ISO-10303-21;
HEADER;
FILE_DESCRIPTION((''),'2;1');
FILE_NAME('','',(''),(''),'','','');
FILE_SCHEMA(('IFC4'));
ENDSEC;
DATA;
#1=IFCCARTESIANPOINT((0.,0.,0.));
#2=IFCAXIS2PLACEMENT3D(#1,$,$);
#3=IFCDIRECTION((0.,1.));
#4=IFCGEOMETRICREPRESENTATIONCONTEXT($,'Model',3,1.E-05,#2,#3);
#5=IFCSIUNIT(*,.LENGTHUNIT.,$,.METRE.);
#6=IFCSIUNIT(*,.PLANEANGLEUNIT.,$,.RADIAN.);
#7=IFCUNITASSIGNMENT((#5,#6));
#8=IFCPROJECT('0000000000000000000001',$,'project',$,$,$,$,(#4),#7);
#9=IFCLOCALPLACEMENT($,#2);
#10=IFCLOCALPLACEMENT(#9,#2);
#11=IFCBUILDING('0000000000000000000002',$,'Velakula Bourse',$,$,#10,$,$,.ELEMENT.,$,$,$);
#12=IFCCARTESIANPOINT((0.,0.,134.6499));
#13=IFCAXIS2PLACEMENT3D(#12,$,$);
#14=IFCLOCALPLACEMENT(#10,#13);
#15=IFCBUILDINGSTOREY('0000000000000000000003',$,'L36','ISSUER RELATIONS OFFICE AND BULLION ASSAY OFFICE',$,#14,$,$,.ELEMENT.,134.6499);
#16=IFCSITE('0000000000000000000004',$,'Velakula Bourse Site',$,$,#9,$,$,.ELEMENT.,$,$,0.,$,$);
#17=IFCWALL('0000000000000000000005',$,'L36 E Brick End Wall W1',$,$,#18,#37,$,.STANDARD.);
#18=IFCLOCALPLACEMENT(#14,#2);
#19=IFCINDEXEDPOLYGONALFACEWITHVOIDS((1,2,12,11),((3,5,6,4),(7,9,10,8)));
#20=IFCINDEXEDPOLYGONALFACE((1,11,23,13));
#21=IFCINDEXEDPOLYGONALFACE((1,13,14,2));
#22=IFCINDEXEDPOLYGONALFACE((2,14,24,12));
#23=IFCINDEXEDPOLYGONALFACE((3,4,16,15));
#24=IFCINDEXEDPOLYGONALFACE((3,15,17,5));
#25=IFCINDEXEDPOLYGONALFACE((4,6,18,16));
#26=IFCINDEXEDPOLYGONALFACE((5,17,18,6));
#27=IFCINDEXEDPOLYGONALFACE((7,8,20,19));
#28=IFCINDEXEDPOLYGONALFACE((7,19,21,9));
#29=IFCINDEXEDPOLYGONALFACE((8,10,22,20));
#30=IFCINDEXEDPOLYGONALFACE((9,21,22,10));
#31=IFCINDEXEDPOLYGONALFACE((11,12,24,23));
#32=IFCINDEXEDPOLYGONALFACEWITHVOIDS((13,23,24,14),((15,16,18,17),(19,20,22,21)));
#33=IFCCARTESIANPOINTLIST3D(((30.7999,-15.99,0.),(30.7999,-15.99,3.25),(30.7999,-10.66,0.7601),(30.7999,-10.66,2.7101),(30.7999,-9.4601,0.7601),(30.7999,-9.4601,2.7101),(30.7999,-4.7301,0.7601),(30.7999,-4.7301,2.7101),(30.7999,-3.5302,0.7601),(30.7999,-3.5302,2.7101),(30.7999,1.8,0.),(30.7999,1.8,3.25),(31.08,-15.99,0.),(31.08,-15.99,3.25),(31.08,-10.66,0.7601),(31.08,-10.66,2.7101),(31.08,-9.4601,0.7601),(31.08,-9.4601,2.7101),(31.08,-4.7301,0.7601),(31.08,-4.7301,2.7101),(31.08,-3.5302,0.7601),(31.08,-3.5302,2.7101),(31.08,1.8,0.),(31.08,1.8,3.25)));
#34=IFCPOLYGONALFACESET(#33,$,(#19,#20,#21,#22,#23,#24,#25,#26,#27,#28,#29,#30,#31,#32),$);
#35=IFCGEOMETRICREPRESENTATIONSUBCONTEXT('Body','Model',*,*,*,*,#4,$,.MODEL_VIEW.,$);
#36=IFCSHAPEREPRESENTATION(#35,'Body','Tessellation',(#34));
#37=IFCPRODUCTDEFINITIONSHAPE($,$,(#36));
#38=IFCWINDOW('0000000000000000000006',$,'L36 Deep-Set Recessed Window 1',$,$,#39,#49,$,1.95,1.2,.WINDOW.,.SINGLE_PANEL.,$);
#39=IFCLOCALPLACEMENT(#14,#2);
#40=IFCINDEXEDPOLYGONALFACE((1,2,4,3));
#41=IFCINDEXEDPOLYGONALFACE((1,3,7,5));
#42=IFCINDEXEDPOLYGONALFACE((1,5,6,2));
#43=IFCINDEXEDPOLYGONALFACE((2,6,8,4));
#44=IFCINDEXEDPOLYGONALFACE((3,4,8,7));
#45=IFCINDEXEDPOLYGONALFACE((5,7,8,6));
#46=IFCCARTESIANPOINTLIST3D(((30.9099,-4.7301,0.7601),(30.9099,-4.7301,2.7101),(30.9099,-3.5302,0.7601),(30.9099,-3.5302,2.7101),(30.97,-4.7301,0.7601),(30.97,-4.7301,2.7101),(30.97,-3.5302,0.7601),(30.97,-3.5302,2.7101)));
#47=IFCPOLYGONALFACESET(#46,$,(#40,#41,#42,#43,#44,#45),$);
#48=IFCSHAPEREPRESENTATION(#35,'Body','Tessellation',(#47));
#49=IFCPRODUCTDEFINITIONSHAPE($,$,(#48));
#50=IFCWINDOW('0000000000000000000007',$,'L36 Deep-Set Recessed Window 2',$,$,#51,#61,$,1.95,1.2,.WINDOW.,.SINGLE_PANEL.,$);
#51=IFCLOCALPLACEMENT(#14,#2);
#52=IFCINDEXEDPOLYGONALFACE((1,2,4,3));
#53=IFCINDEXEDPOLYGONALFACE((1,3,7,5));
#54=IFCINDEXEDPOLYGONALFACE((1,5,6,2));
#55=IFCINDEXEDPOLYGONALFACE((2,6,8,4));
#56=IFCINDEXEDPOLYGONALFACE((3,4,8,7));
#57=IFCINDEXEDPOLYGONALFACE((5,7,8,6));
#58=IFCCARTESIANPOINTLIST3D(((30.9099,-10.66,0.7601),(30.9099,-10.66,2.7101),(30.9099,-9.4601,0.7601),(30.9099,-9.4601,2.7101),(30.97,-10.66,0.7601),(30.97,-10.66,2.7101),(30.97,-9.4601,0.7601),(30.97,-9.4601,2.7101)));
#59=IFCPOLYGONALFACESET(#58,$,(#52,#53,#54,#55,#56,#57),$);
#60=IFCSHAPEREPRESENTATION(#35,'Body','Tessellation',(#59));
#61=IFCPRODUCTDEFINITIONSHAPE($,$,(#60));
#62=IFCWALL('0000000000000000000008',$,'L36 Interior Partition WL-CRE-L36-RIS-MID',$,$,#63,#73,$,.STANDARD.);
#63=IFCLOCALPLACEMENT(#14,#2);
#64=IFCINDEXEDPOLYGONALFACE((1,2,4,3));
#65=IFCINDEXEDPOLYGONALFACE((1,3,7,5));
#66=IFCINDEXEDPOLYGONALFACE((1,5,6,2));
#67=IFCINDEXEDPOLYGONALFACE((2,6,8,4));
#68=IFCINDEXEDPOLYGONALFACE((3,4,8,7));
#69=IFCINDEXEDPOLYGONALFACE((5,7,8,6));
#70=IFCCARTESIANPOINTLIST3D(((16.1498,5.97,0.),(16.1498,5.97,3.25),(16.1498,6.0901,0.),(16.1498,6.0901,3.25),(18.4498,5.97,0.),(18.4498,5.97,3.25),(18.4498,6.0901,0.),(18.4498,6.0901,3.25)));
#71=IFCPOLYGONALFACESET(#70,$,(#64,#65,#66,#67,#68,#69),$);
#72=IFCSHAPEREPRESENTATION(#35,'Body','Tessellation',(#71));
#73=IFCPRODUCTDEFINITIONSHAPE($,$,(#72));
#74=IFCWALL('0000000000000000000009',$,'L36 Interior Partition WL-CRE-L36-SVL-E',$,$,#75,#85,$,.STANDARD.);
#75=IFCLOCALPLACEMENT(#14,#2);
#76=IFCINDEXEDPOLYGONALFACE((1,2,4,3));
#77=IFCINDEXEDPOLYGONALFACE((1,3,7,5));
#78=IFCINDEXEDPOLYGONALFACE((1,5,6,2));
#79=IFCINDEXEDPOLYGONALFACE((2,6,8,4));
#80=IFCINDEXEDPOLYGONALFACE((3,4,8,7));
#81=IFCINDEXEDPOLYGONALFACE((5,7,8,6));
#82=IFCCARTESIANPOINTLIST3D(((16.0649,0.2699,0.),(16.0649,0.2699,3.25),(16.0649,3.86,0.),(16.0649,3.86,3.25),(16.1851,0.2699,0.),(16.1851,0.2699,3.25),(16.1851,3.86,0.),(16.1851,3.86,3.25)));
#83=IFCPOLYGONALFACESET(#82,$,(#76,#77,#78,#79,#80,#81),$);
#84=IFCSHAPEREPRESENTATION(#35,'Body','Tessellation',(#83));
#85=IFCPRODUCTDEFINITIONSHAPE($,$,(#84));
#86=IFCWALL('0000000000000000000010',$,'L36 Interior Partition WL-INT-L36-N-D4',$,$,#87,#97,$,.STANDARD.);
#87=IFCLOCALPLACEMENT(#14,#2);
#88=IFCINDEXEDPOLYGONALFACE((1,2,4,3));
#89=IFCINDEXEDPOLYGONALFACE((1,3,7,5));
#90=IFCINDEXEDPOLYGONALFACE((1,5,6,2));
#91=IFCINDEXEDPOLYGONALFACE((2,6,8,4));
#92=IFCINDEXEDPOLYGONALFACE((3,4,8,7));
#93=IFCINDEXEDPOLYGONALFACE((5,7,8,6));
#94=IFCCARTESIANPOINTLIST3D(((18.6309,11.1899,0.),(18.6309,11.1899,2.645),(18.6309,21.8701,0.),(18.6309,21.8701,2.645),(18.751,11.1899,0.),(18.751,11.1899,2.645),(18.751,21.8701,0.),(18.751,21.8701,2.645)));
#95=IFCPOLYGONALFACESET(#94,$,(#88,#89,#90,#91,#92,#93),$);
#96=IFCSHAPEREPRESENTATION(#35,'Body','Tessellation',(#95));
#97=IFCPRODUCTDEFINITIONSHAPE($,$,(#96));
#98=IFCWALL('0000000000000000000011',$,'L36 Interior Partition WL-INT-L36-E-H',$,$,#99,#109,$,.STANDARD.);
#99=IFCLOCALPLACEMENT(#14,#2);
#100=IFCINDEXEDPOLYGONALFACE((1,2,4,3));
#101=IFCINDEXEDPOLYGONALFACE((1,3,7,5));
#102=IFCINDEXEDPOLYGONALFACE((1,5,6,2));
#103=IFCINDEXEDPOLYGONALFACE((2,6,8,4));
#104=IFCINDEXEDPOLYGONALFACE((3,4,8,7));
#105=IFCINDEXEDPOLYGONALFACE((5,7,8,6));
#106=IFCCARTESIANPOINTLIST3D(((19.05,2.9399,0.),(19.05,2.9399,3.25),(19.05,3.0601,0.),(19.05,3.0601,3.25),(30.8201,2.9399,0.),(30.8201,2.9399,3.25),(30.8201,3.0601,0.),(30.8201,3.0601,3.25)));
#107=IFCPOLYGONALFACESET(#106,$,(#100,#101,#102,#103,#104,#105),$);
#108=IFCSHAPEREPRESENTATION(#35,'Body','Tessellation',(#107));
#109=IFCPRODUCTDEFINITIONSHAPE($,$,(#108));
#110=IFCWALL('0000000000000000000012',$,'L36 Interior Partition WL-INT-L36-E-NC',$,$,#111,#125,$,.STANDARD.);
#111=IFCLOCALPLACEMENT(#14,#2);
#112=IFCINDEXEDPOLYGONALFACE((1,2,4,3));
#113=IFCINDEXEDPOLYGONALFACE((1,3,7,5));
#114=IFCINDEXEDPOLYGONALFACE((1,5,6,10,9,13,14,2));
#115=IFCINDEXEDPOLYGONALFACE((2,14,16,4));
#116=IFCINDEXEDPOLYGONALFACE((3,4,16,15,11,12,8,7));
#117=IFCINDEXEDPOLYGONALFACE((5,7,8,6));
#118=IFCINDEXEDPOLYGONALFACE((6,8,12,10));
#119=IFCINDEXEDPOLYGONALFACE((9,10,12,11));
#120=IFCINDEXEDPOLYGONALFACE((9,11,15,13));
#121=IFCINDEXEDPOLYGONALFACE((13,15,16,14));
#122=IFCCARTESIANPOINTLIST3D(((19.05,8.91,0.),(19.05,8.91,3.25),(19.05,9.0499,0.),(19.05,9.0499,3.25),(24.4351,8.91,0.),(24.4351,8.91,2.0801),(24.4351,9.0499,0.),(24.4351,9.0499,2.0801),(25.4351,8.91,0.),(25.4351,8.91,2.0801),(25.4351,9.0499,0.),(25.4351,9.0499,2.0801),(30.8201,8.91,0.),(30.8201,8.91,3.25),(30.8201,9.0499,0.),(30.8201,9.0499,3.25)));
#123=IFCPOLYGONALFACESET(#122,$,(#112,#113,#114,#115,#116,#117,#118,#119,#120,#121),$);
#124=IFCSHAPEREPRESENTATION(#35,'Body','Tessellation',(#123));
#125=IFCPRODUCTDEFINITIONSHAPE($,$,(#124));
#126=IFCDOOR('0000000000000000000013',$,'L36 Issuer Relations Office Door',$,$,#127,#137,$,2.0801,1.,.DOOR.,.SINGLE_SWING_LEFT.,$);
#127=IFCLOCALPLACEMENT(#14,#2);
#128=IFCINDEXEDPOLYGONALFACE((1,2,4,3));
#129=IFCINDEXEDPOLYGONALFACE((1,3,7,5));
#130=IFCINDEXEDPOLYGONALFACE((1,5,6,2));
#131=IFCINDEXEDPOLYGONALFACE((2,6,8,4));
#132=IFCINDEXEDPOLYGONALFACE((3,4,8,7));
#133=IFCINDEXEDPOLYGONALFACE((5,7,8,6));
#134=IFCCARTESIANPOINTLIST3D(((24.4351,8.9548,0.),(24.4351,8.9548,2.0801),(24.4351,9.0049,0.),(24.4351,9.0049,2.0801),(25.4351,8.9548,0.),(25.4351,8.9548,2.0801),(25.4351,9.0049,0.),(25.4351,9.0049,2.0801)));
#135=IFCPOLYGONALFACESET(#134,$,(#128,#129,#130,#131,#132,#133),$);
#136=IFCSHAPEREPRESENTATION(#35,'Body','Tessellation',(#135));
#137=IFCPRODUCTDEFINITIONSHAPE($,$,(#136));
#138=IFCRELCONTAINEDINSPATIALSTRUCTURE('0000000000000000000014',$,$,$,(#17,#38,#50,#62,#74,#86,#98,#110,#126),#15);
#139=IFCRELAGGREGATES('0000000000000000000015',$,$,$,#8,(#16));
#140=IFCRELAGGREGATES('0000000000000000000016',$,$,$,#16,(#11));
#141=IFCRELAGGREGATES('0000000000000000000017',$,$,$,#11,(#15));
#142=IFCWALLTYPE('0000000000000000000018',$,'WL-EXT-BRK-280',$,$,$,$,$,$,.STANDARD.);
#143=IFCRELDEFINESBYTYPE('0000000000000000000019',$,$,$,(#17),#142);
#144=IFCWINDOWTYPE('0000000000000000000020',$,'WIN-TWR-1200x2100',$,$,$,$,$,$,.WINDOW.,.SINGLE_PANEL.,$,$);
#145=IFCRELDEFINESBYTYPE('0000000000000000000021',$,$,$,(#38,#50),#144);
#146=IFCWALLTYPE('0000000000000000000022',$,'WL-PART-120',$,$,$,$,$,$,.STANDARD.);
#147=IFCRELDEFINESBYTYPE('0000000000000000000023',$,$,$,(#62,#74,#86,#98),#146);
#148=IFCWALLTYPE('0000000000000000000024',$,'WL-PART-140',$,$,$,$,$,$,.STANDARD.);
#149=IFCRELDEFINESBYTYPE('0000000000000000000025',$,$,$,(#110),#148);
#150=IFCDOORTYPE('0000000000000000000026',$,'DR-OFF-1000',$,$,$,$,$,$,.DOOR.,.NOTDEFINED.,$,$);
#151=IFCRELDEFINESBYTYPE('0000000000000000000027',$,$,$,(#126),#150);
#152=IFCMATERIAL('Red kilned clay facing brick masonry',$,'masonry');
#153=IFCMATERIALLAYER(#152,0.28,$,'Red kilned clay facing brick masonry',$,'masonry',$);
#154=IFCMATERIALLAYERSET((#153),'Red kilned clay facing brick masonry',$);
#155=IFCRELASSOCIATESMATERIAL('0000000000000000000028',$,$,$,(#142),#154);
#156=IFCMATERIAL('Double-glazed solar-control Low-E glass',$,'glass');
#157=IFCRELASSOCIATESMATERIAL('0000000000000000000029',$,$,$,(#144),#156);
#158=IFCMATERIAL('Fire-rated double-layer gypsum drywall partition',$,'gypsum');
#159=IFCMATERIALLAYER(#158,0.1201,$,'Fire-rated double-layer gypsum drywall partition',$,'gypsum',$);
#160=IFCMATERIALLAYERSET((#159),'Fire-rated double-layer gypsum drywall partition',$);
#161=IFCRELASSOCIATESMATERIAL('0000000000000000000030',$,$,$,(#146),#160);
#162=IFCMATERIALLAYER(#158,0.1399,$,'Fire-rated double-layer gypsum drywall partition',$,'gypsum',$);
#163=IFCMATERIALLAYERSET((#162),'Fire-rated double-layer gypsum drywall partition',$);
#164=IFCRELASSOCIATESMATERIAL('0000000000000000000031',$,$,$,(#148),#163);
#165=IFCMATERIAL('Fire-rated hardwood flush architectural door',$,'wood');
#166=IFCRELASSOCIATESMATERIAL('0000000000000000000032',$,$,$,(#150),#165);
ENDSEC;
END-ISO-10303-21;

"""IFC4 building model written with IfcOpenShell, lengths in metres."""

from ifc_helpers import new_model, si_unit, direction, frame, frame_2d, origin, place, context, subcontext, project, spatial, rectangle, extrude, material, layer, layer_set, type_object, element, fill, save


model = new_model("IFC4")

# Units and contexts
model_context = context("Model", 3, precision=1e-05, world=origin(), true_north=direction((0.0, 1.0)))
body_context = subcontext(model_context, "Body", "Model", "MODEL_VIEW")
ifc_project = project(units=[si_unit("LENGTHUNIT", "METRE"), si_unit("PLANEANGLEUNIT", "RADIAN")], contexts=[model_context])

# Site, building, storey
site_placement = place(None, origin())
site = spatial("IfcSite", under=ifc_project, at=site_placement, Name="Velakula Bourse Site", CompositionType="ELEMENT", RefElevation=0.0)
building_placement = place(site_placement, origin())
building = spatial("IfcBuilding", under=site, at=building_placement, Name="Velakula Bourse", CompositionType="ELEMENT")
storey_placement = place(building_placement, frame((0.0, 0.0, 134.6499)))
storey = spatial("IfcBuildingStorey", under=building, at=storey_placement, Name="L36", Description="ISSUER RELATIONS OFFICE AND BULLION ASSAY OFFICE", CompositionType="ELEMENT", Elevation=134.6499)

# Wall, openings, windows
ifc_material_1 = material(Name="Red kilned clay facing brick masonry", Category="masonry")
ifc_layer_1 = layer(ifc_material_1, 0.28, Name="Red kilned clay facing brick masonry", Category="masonry")
ifc_layer_set_1 = layer_set([ifc_layer_1], Name="Red kilned clay facing brick masonry")
wall_type_1 = type_object("IfcWallType", Name="WL-EXT-BRK-280", PredefinedType="STANDARD", material=ifc_layer_set_1)
wall_1_placement = place(storey_placement, frame((30.9399, 1.8, 0.0), z_axis=(0.0, 0.0, 1.0), x_axis=(0.0, -1.0, 0.0)))
wall_1 = element("IfcWall", 1, at=wall_1_placement, inside=storey, type_object=wall_type_1, Name="L36 E Brick End Wall W1", PredefinedType="STANDARD", context=body_context, shape_type="SweptSolid", body=[
    extrude(rectangle(XDim=17.79, YDim=0.28, at=frame_2d((8.895, 0.0))), origin(), (0.0, 0.0, 1.0), 3.25),
])
opening_1_placement = place(wall_1_placement, frame((5.3301, 0.0, 0.76)))
opening_1 = element("IfcOpeningElement", 2, at=opening_1_placement, cuts=wall_1, PredefinedType="OPENING", context=body_context, shape_type="SweptSolid", body=[
    extrude(rectangle(XDim=1.2, YDim=1.95, at=frame_2d((0.6001, 0.9751))), frame((0.0, 0.1499, 0.0), z_axis=(0.0, -1.0, 0.0), x_axis=(1.0, 0.0, 0.0)), (0.0, 0.0, 1.0), 0.3),
])
opening_2_placement = place(wall_1_placement, frame((11.26, 0.0, 0.76)))
opening_2 = element("IfcOpeningElement", 3, at=opening_2_placement, cuts=wall_1, PredefinedType="OPENING", context=body_context, shape_type="SweptSolid", body=[
    extrude(rectangle(XDim=1.2, YDim=1.95, at=frame_2d((0.6001, 0.9751))), frame((0.0, 0.1499, 0.0), z_axis=(0.0, -1.0, 0.0), x_axis=(1.0, 0.0, 0.0)), (0.0, 0.0, 1.0), 0.3),
])
ifc_material_2 = material(Name="Double-glazed solar-control Low-E glass", Category="glass")
window_type = type_object("IfcWindowType", Name="WIN-TWR-1200x2100", PartitioningType="SINGLE_PANEL", PredefinedType="WINDOW", material=ifc_material_2)
window_1_placement = place(opening_1_placement, origin())
window_1 = element("IfcWindow", 4, at=window_1_placement, inside=storey, type_object=window_type, Name="L36 Deep-Set Recessed Window 1", OverallHeight=1.95, OverallWidth=1.2, PartitioningType="SINGLE_PANEL", PredefinedType="WINDOW", context=body_context, shape_type="SweptSolid", body=[
    extrude(rectangle(XDim=1.2, YDim=1.95, at=frame_2d((0.6001, 0.9751))), frame((0.0, 0.03, 0.0), z_axis=(0.0, -1.0, 0.0), x_axis=(1.0, 0.0, 0.0)), (0.0, 0.0, 1.0), 0.0601),
])
fill(opening_1, window_1)
window_2_placement = place(opening_2_placement, origin())
window_2 = element("IfcWindow", 5, at=window_2_placement, inside=storey, type_object=window_type, Name="L36 Deep-Set Recessed Window 2", OverallHeight=1.95, OverallWidth=1.2, PartitioningType="SINGLE_PANEL", PredefinedType="WINDOW", context=body_context, shape_type="SweptSolid", body=[
    extrude(rectangle(XDim=1.2, YDim=1.95, at=frame_2d((0.6001, 0.9751))), frame((0.0, 0.03, 0.0), z_axis=(0.0, -1.0, 0.0), x_axis=(1.0, 0.0, 0.0)), (0.0, 0.0, 1.0), 0.0601),
])
fill(opening_2, window_2)

# Walls
ifc_material_3 = material(Name="Fire-rated double-layer gypsum drywall partition", Category="gypsum")
ifc_layer_2 = layer(ifc_material_3, 0.1201, Name="Fire-rated double-layer gypsum drywall partition", Category="gypsum")
ifc_layer_set_2 = layer_set([ifc_layer_2], Name="Fire-rated double-layer gypsum drywall partition")
wall_type_2 = type_object("IfcWallType", Name="WL-PART-120", PredefinedType="STANDARD", material=ifc_layer_set_2)
wall_2_placement = place(storey_placement, frame((16.1499, 6.03, 0.0), z_axis=(0.0, 0.0, 1.0), x_axis=(1.0, 0.0, 0.0)))
element("IfcWall", 6, at=wall_2_placement, inside=storey, type_object=wall_type_2, Name="L36 Interior Partition WL-CRE-L36-RIS-MID", PredefinedType="STANDARD", context=body_context, shape_type="SweptSolid", body=[
    extrude(rectangle(XDim=2.3, YDim=0.1201, at=frame_2d((1.1499, 0.0))), origin(), (0.0, 0.0, 1.0), 3.25),
])
wall_3_placement = place(storey_placement, frame((16.125, 0.27, 0.0), z_axis=(0.0, 0.0, 1.0), x_axis=(0.0, 1.0, 0.0)))
element("IfcWall", 7, at=wall_3_placement, inside=storey, type_object=wall_type_2, Name="L36 Interior Partition WL-CRE-L36-SVL-E", PredefinedType="STANDARD", context=body_context, shape_type="SweptSolid", body=[
    extrude(rectangle(XDim=3.5901, YDim=0.1201, at=frame_2d((1.7949, 0.0))), origin(), (0.0, 0.0, 1.0), 3.25),
])
wall_4_placement = place(storey_placement, frame((18.6909, 11.1899, 0.0), z_axis=(0.0, 0.0, 1.0), x_axis=(0.0, 1.0, 0.0)))
element("IfcWall", 8, at=wall_4_placement, inside=storey, type_object=wall_type_2, Name="L36 Interior Partition WL-INT-L36-N-D4", PredefinedType="STANDARD", context=body_context, shape_type="SweptSolid", body=[
    extrude(rectangle(XDim=10.6802, YDim=0.1201, at=frame_2d((5.3401, 0.0))), origin(), (0.0, 0.0, 1.0), 2.645),
])
wall_5_placement = place(storey_placement, frame((19.05, 3.0, 0.0), z_axis=(0.0, 0.0, 1.0), x_axis=(1.0, 0.0, 0.0)))
element("IfcWall", 9, at=wall_5_placement, inside=storey, type_object=wall_type_2, Name="L36 Interior Partition WL-INT-L36-E-H", PredefinedType="STANDARD", context=body_context, shape_type="SweptSolid", body=[
    extrude(rectangle(XDim=11.77, YDim=0.1201, at=frame_2d((5.885, 0.0))), origin(), (0.0, 0.0, 1.0), 3.25),
])

# Wall, opening, door
ifc_layer_3 = layer(ifc_material_3, 0.1399, Name="Fire-rated double-layer gypsum drywall partition", Category="gypsum")
ifc_layer_set_3 = layer_set([ifc_layer_3], Name="Fire-rated double-layer gypsum drywall partition")
wall_type_3 = type_object("IfcWallType", Name="WL-PART-140", PredefinedType="STANDARD", material=ifc_layer_set_3)
wall_6_placement = place(storey_placement, frame((19.05, 8.98, 0.0), z_axis=(0.0, 0.0, 1.0), x_axis=(1.0, 0.0, 0.0)))
wall_6 = element("IfcWall", 10, at=wall_6_placement, inside=storey, type_object=wall_type_3, Name="L36 Interior Partition WL-INT-L36-E-NC", PredefinedType="STANDARD", context=body_context, shape_type="SweptSolid", body=[
    extrude(rectangle(XDim=11.77, YDim=0.1399, at=frame_2d((5.885, 0.0))), origin(), (0.0, 0.0, 1.0), 3.25),
])
opening_3_placement = place(wall_6_placement, frame((5.385, 0.0, 0.0)))
opening_3 = element("IfcOpeningElement", 11, at=opening_3_placement, cuts=wall_6, PredefinedType="OPENING", context=body_context, shape_type="SweptSolid", body=[
    extrude(rectangle(XDim=1.0, YDim=2.0801, at=frame_2d((0.5, 1.04))), frame((0.0, 0.0798, 0.0), z_axis=(0.0, -1.0, 0.0), x_axis=(1.0, 0.0, 0.0)), (0.0, 0.0, 1.0), 0.1599),
])
ifc_material_4 = material(Name="Fire-rated hardwood flush architectural door", Category="wood")
door_type = type_object("IfcDoorType", Name="DR-OFF-1000", OperationType="NOTDEFINED", PredefinedType="DOOR", material=ifc_material_4)
door_placement = place(opening_3_placement, origin())
door = element("IfcDoor", 12, at=door_placement, inside=storey, type_object=door_type, Name="L36 Issuer Relations Office Door", OperationType="SINGLE_SWING_LEFT", OverallHeight=2.0801, OverallWidth=1.0, PredefinedType="DOOR", context=body_context, shape_type="SweptSolid", body=[
    extrude(rectangle(XDim=1.0, YDim=2.0801, at=frame_2d((0.5, 1.04))), frame((0.0, 0.0249, 0.0), z_axis=(0.0, -1.0, 0.0), x_axis=(1.0, 0.0, 0.0)), (0.0, 0.0, 1.0), 0.05),
])
fill(opening_3, door)

save(model, "model.ifc")
